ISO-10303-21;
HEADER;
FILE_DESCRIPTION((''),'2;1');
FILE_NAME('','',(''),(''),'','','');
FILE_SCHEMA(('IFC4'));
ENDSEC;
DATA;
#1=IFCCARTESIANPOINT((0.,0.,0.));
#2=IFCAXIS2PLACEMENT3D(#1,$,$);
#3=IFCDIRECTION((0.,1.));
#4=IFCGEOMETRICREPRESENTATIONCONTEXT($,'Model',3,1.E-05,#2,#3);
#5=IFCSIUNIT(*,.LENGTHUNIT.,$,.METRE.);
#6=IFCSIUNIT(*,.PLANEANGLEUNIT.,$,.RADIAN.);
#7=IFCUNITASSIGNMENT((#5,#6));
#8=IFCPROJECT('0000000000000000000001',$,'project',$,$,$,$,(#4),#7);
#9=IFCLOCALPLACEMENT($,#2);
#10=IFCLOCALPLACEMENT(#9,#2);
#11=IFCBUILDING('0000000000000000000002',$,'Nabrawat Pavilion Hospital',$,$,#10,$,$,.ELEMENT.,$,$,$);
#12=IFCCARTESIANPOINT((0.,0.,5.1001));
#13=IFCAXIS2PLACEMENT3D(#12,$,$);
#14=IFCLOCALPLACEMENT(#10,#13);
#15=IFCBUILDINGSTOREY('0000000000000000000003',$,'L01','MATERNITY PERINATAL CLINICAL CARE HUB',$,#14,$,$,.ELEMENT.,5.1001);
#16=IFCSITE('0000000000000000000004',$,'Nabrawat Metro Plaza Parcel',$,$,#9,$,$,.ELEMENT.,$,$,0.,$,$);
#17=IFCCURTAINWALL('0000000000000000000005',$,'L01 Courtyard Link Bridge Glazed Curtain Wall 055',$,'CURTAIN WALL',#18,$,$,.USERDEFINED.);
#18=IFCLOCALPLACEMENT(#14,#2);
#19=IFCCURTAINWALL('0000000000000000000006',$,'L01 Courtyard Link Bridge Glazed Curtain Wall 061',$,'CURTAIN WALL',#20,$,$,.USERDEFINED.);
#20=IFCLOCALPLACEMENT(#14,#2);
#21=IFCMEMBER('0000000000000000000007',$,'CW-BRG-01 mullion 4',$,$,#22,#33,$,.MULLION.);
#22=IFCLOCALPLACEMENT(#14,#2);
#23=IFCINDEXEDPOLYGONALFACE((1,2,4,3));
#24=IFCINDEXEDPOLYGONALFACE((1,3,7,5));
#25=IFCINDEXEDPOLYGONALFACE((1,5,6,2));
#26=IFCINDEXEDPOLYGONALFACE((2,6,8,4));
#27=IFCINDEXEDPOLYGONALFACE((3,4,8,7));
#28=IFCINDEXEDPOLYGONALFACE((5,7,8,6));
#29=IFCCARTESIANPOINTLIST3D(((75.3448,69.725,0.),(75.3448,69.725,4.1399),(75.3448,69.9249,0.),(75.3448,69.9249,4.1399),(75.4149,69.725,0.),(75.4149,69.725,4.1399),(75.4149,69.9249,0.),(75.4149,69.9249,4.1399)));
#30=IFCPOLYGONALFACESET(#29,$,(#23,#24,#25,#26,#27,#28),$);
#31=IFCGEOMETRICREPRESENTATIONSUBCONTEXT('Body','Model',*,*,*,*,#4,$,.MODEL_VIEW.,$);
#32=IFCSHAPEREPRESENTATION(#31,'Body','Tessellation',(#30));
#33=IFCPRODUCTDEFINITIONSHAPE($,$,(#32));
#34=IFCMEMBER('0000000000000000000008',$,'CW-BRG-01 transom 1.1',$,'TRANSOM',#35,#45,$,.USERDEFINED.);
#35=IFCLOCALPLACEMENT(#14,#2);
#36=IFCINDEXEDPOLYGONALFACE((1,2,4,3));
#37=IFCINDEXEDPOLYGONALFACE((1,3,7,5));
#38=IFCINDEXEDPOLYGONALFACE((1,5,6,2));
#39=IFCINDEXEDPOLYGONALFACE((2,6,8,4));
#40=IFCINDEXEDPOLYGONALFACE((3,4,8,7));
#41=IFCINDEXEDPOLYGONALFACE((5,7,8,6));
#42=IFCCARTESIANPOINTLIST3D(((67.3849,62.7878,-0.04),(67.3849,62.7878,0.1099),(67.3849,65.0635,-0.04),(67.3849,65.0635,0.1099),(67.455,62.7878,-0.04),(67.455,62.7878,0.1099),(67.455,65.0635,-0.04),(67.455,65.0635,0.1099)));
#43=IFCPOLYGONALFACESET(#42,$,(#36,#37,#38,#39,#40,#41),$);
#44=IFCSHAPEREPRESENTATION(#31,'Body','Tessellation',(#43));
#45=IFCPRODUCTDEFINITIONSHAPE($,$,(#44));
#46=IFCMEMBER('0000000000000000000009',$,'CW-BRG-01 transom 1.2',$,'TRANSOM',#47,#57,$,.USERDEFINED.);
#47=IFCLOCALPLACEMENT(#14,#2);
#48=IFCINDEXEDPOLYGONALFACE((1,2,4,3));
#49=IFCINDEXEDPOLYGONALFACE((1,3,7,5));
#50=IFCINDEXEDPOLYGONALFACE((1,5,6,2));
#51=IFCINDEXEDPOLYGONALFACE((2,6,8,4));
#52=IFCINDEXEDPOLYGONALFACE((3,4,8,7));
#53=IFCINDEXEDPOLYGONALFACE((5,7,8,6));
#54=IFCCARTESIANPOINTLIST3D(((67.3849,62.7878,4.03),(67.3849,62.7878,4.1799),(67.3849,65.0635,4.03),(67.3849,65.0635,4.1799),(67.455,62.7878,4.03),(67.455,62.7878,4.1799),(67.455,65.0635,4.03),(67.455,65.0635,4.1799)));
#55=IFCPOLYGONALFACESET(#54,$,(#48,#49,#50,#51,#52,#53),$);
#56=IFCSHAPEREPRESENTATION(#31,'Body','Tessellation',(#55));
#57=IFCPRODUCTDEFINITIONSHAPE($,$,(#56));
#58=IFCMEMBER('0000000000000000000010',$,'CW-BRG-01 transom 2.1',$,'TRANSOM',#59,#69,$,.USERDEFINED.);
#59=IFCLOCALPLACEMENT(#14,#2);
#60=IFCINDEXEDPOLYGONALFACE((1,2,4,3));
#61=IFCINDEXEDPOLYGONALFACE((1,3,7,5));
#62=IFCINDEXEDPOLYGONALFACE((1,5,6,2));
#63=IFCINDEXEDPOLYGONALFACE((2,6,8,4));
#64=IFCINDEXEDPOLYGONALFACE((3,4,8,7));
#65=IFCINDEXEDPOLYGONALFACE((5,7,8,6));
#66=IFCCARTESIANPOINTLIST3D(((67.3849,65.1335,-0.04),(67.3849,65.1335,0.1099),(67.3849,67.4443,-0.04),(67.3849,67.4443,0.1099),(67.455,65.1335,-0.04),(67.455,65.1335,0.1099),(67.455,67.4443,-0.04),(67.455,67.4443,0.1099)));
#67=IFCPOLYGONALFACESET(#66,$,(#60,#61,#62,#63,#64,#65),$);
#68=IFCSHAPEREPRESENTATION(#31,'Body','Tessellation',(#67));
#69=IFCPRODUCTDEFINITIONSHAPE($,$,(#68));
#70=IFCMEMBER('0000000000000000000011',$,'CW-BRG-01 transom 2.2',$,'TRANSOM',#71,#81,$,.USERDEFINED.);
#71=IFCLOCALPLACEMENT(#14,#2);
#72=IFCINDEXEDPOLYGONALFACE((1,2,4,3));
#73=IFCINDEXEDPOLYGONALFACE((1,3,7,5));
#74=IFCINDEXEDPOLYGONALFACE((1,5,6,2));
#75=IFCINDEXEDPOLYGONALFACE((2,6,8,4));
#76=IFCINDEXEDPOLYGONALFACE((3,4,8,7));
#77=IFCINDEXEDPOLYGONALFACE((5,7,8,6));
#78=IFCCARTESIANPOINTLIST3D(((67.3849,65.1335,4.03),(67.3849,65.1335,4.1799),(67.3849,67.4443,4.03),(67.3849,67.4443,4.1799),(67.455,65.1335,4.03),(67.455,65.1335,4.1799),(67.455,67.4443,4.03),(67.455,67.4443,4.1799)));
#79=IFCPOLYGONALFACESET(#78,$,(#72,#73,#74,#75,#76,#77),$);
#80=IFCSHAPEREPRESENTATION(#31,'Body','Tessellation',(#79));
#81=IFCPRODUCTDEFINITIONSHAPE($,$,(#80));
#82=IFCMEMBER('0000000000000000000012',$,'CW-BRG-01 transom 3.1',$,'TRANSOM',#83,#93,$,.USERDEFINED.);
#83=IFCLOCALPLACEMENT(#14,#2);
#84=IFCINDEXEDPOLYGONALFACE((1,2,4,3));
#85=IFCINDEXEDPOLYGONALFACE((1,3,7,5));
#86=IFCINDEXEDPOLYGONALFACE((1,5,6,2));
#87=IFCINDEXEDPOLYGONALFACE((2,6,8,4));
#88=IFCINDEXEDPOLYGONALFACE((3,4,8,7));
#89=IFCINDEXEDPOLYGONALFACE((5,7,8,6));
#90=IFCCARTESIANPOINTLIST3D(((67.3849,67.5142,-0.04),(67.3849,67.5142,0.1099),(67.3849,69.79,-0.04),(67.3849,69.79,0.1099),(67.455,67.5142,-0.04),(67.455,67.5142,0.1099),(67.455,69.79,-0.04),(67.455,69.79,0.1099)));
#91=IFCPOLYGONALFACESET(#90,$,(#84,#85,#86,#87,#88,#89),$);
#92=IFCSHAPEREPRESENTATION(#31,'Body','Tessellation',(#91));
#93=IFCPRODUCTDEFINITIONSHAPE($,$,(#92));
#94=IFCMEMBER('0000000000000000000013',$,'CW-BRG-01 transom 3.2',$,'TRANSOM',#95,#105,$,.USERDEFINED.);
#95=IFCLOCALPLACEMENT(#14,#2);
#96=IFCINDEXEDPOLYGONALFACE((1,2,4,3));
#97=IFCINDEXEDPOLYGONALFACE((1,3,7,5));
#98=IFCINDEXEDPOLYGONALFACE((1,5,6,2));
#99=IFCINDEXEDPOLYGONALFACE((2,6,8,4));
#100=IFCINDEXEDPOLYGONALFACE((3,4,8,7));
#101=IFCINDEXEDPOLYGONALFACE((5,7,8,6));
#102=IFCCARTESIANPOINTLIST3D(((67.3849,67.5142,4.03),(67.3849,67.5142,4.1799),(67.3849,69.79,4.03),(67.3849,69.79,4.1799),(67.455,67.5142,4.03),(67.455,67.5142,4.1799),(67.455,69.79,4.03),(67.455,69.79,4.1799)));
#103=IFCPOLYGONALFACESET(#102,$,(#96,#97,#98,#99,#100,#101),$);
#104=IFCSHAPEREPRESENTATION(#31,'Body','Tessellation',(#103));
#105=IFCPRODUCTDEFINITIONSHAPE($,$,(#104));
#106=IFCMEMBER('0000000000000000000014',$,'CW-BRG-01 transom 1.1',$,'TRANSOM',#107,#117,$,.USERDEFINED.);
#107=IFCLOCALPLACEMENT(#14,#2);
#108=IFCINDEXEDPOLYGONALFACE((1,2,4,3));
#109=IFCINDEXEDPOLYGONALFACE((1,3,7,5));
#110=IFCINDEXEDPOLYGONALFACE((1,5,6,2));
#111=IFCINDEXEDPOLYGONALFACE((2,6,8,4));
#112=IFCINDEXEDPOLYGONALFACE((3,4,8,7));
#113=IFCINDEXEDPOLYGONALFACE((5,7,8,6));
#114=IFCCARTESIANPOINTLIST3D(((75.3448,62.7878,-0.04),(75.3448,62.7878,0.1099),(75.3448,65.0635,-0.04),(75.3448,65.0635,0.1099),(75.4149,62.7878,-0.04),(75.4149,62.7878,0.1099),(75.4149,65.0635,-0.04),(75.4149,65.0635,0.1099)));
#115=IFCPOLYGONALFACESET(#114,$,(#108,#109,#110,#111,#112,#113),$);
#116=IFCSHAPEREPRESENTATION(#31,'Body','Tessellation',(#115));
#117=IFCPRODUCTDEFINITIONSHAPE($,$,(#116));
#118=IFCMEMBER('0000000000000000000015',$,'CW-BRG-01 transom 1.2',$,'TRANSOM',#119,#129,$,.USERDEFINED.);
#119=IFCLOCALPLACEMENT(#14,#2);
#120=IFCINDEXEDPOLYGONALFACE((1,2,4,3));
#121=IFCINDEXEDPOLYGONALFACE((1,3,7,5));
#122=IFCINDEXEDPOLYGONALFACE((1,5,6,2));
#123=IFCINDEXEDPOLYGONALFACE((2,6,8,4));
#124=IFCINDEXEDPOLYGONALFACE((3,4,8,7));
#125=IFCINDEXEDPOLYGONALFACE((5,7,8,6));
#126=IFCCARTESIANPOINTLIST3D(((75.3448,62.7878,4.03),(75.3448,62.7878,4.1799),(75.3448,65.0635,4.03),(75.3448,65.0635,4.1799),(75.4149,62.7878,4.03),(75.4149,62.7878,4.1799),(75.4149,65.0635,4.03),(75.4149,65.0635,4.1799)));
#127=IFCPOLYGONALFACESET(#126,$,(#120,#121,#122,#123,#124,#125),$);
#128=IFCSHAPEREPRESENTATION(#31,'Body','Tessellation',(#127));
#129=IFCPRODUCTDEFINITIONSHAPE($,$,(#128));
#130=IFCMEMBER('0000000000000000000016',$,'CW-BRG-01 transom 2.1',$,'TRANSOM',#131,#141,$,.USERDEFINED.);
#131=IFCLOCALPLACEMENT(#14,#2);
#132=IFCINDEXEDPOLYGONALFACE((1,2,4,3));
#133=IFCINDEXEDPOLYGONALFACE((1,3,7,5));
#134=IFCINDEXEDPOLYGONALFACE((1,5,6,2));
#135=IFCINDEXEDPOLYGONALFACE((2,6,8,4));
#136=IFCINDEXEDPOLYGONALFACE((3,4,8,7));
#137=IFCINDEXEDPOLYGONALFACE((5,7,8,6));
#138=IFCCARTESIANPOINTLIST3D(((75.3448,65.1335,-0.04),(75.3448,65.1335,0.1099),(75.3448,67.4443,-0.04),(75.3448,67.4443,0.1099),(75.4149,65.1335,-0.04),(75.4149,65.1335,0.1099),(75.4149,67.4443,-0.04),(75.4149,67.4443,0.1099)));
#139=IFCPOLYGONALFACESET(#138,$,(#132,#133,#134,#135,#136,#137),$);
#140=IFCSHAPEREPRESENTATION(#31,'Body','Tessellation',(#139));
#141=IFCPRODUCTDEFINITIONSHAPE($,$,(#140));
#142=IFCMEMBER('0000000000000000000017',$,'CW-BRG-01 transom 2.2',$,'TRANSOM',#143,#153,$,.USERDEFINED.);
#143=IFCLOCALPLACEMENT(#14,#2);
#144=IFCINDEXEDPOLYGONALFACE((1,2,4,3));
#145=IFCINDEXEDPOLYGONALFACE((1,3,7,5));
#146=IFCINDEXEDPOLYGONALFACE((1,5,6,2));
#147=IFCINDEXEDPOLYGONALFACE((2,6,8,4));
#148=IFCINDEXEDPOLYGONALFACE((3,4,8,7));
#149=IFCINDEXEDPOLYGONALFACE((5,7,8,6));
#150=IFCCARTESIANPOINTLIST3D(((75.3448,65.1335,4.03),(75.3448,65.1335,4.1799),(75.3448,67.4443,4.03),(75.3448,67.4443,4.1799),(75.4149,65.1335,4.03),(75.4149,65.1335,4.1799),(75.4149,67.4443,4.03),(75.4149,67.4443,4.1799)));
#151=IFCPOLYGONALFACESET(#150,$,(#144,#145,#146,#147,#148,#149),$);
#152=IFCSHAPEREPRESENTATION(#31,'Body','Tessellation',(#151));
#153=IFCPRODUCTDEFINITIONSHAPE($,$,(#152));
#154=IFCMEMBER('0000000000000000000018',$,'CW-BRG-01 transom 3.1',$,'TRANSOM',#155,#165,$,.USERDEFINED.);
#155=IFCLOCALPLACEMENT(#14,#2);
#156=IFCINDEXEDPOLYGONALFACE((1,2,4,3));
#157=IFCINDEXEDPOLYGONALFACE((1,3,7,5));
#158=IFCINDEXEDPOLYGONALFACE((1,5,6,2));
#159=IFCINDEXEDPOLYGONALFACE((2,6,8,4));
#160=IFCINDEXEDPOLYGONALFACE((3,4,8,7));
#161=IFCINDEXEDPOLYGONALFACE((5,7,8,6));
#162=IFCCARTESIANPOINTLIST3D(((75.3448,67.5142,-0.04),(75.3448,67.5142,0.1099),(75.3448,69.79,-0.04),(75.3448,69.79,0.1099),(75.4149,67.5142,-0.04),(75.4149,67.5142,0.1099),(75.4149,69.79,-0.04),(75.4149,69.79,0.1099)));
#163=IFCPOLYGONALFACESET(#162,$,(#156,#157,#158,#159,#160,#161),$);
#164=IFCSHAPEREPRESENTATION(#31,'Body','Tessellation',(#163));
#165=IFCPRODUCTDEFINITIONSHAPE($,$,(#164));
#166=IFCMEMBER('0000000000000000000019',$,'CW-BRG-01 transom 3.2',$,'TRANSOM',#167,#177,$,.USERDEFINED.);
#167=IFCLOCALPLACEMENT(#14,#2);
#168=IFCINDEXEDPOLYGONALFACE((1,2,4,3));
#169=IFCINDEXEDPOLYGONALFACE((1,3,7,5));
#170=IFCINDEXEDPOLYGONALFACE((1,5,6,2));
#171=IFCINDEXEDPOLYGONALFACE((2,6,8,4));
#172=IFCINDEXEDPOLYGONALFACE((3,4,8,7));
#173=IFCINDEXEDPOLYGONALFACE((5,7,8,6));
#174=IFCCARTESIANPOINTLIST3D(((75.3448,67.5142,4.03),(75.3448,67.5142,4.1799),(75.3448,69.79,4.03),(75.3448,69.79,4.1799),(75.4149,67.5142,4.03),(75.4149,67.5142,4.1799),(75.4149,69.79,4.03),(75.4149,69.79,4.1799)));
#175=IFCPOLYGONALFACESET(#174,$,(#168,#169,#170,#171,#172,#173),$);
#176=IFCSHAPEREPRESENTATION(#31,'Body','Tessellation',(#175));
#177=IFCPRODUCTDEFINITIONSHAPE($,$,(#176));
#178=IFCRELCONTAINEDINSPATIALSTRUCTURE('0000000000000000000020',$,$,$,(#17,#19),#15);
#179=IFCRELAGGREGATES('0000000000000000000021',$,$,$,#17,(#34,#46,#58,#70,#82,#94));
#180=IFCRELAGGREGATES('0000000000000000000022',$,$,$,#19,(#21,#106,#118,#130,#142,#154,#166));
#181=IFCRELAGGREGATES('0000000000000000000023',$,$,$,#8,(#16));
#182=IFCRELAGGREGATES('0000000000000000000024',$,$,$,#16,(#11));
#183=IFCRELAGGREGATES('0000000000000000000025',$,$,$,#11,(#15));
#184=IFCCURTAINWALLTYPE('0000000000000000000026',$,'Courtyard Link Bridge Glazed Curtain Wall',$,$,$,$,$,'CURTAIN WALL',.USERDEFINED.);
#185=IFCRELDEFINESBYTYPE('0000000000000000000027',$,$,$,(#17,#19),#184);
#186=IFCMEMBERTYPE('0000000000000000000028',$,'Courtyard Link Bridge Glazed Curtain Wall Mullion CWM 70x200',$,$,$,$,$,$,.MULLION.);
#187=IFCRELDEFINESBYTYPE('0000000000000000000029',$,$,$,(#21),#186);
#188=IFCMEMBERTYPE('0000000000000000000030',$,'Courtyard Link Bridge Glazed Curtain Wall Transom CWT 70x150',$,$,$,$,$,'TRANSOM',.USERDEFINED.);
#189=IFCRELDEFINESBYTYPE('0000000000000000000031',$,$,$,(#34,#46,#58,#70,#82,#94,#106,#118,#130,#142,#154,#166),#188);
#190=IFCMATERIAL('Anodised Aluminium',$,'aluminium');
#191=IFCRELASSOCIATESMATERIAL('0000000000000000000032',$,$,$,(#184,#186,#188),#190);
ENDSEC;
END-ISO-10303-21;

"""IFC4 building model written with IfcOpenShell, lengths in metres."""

from ifc_helpers import new_model, si_unit, direction, frame, origin, origin_2d, place, context, subcontext, project, spatial, rectangle, extrude, material, material_profile, profile_set, type_object, element, aggregate, save


model = new_model("IFC4")

# Units and contexts
model_context = context("Model", 3, precision=1e-05, world=origin(), true_north=direction((0.0, 1.0)))
body_context = subcontext(model_context, "Body", "Model", "MODEL_VIEW")
ifc_project = project(units=[si_unit("LENGTHUNIT", "METRE"), si_unit("PLANEANGLEUNIT", "RADIAN")], contexts=[model_context])

# Site, building, storey
site_placement = place(None, origin())
site = spatial("IfcSite", under=ifc_project, at=site_placement, Name="Nabrawat Metro Plaza Parcel", CompositionType="ELEMENT", RefElevation=0.0)
building_placement = place(site_placement, origin())
building = spatial("IfcBuilding", under=site, at=building_placement, Name="Nabrawat Pavilion Hospital", CompositionType="ELEMENT")
storey_placement = place(building_placement, frame((0.0, 0.0, 5.1001)))
storey = spatial("IfcBuildingStorey", under=building, at=storey_placement, Name="L01", Description="MATERNITY PERINATAL CLINICAL CARE HUB", CompositionType="ELEMENT", Elevation=5.1001)

# Curtain wall
ifc_material_1 = material(Name="Anodised Aluminium", Category="aluminium")
curtain_wall_type = type_object("IfcCurtainWallType", Name="Courtyard Link Bridge Glazed Curtain Wall", ElementType="CURTAIN WALL", PredefinedType="USERDEFINED", material=ifc_material_1)
curtain_wall_1_placement = place(storey_placement, origin())
curtain_wall_1 = element("IfcCurtainWall", 1, at=curtain_wall_1_placement, inside=storey, type_object=curtain_wall_type, Name="L01 Courtyard Link Bridge Glazed Curtain Wall 055", ObjectType="CURTAIN WALL", PredefinedType="USERDEFINED")
ifc_material_profile_1 = material_profile(ifc_material_1, rectangle(XDim=0.0701, YDim=0.2, at=origin_2d()), Name="CWM 70x200")
ifc_profile_set_1 = profile_set([ifc_material_profile_1], Name="Anodised Aluminium")
member_type_1 = type_object("IfcMemberType", Name="Courtyard Link Bridge Glazed Curtain Wall Mullion CWM 70x200", PredefinedType="MULLION", material=ifc_profile_set_1)

# Curtain wall, member
curtain_wall_2_placement = place(storey_placement, origin())
curtain_wall_2 = element("IfcCurtainWall", 2, at=curtain_wall_2_placement, inside=storey, type_object=curtain_wall_type, Name="L01 Courtyard Link Bridge Glazed Curtain Wall 061", ObjectType="CURTAIN WALL", PredefinedType="USERDEFINED")
member_1_placement = place(storey_placement, frame((75.3799, 69.825, 0.0), z_axis=(0.0, 0.0, 1.0), x_axis=(-1.0, 0.0, 0.0)))
member_1 = element("IfcMember", 3, at=member_1_placement, type_object=member_type_1, Name="CW-BRG-01 mullion 4", PredefinedType="MULLION", context=body_context, shape_type="SweptSolid", body=[
    extrude(rectangle(XDim=0.0701, YDim=0.2, at=origin_2d()), origin(), (0.0, 0.0, 1.0), 4.1399),
])

# Members
ifc_material_profile_2 = material_profile(ifc_material_1, rectangle(XDim=0.0701, YDim=0.1499, at=origin_2d()), Name="CWT 70x150")
ifc_profile_set_2 = profile_set([ifc_material_profile_2], Name="Anodised Aluminium")
member_type_2 = type_object("IfcMemberType", Name="Courtyard Link Bridge Glazed Curtain Wall Transom CWT 70x150", ElementType="TRANSOM", PredefinedType="USERDEFINED", material=ifc_profile_set_2)
member_2_placement = place(storey_placement, frame((67.4199, 62.7878, 0.0349), z_axis=(0.0, 1.0, 0.0), x_axis=(-1.0, 0.0, 0.0)))
member_2 = element("IfcMember", 4, at=member_2_placement, type_object=member_type_2, Name="CW-BRG-01 transom 1.1", ObjectType="TRANSOM", PredefinedType="USERDEFINED", context=body_context, shape_type="SweptSolid", body=[
    extrude(rectangle(XDim=0.0701, YDim=0.1499, at=origin_2d()), origin(), (0.0, 0.0, 1.0), 2.2756),
])
member_3_placement = place(storey_placement, frame((67.4199, 62.7878, 4.105), z_axis=(0.0, 1.0, 0.0), x_axis=(-1.0, 0.0, 0.0)))
member_3 = element("IfcMember", 5, at=member_3_placement, type_object=member_type_2, Name="CW-BRG-01 transom 1.2", ObjectType="TRANSOM", PredefinedType="USERDEFINED", context=body_context, shape_type="SweptSolid", body=[
    extrude(rectangle(XDim=0.0701, YDim=0.1499, at=origin_2d()), origin(), (0.0, 0.0, 1.0), 2.2756),
])
member_4_placement = place(storey_placement, frame((67.4199, 65.1335, 0.0349), z_axis=(0.0, 1.0, 0.0), x_axis=(-1.0, 0.0, 0.0)))
member_4 = element("IfcMember", 6, at=member_4_placement, type_object=member_type_2, Name="CW-BRG-01 transom 2.1", ObjectType="TRANSOM", PredefinedType="USERDEFINED", context=body_context, shape_type="SweptSolid", body=[
    extrude(rectangle(XDim=0.0701, YDim=0.1499, at=origin_2d()), origin(), (0.0, 0.0, 1.0), 2.3108),
])
member_5_placement = place(storey_placement, frame((67.4199, 65.1335, 4.105), z_axis=(0.0, 1.0, 0.0), x_axis=(-1.0, 0.0, 0.0)))
member_5 = element("IfcMember", 7, at=member_5_placement, type_object=member_type_2, Name="CW-BRG-01 transom 2.2", ObjectType="TRANSOM", PredefinedType="USERDEFINED", context=body_context, shape_type="SweptSolid", body=[
    extrude(rectangle(XDim=0.0701, YDim=0.1499, at=origin_2d()), origin(), (0.0, 0.0, 1.0), 2.3108),
])
member_6_placement = place(storey_placement, frame((67.4199, 67.5142, 0.0349), z_axis=(0.0, 1.0, 0.0), x_axis=(-1.0, 0.0, 0.0)))
member_6 = element("IfcMember", 8, at=member_6_placement, type_object=member_type_2, Name="CW-BRG-01 transom 3.1", ObjectType="TRANSOM", PredefinedType="USERDEFINED", context=body_context, shape_type="SweptSolid", body=[
    extrude(rectangle(XDim=0.0701, YDim=0.1499, at=origin_2d()), origin(), (0.0, 0.0, 1.0), 2.2759),
])
member_7_placement = place(storey_placement, frame((67.4199, 67.5142, 4.105), z_axis=(0.0, 1.0, 0.0), x_axis=(-1.0, 0.0, 0.0)))
member_7 = element("IfcMember", 9, at=member_7_placement, type_object=member_type_2, Name="CW-BRG-01 transom 3.2", ObjectType="TRANSOM", PredefinedType="USERDEFINED", context=body_context, shape_type="SweptSolid", body=[
    extrude(rectangle(XDim=0.0701, YDim=0.1499, at=origin_2d()), origin(), (0.0, 0.0, 1.0), 2.2759),
])
member_8_placement = place(storey_placement, frame((75.3799, 62.7878, 0.0349), z_axis=(0.0, 1.0, 0.0), x_axis=(-1.0, 0.0, 0.0)))
member_8 = element("IfcMember", 10, at=member_8_placement, type_object=member_type_2, Name="CW-BRG-01 transom 1.1", ObjectType="TRANSOM", PredefinedType="USERDEFINED", context=body_context, shape_type="SweptSolid", body=[
    extrude(rectangle(XDim=0.0701, YDim=0.1499, at=origin_2d()), origin(), (0.0, 0.0, 1.0), 2.2756),
])
member_9_placement = place(storey_placement, frame((75.3799, 62.7878, 4.105), z_axis=(0.0, 1.0, 0.0), x_axis=(-1.0, 0.0, 0.0)))
member_9 = element("IfcMember", 11, at=member_9_placement, type_object=member_type_2, Name="CW-BRG-01 transom 1.2", ObjectType="TRANSOM", PredefinedType="USERDEFINED", context=body_context, shape_type="SweptSolid", body=[
    extrude(rectangle(XDim=0.0701, YDim=0.1499, at=origin_2d()), origin(), (0.0, 0.0, 1.0), 2.2756),
])
member_10_placement = place(storey_placement, frame((75.3799, 65.1335, 0.0349), z_axis=(0.0, 1.0, 0.0), x_axis=(-1.0, 0.0, 0.0)))
member_10 = element("IfcMember", 12, at=member_10_placement, type_object=member_type_2, Name="CW-BRG-01 transom 2.1", ObjectType="TRANSOM", PredefinedType="USERDEFINED", context=body_context, shape_type="SweptSolid", body=[
    extrude(rectangle(XDim=0.0701, YDim=0.1499, at=origin_2d()), origin(), (0.0, 0.0, 1.0), 2.3108),
])
member_11_placement = place(storey_placement, frame((75.3799, 65.1335, 4.105), z_axis=(0.0, 1.0, 0.0), x_axis=(-1.0, 0.0, 0.0)))
member_11 = element("IfcMember", 13, at=member_11_placement, type_object=member_type_2, Name="CW-BRG-01 transom 2.2", ObjectType="TRANSOM", PredefinedType="USERDEFINED", context=body_context, shape_type="SweptSolid", body=[
    extrude(rectangle(XDim=0.0701, YDim=0.1499, at=origin_2d()), origin(), (0.0, 0.0, 1.0), 2.3108),
])
member_12_placement = place(storey_placement, frame((75.3799, 67.5142, 0.0349), z_axis=(0.0, 1.0, 0.0), x_axis=(-1.0, 0.0, 0.0)))
member_12 = element("IfcMember", 14, at=member_12_placement, type_object=member_type_2, Name="CW-BRG-01 transom 3.1", ObjectType="TRANSOM", PredefinedType="USERDEFINED", context=body_context, shape_type="SweptSolid", body=[
    extrude(rectangle(XDim=0.0701, YDim=0.1499, at=origin_2d()), origin(), (0.0, 0.0, 1.0), 2.2759),
])
member_13_placement = place(storey_placement, frame((75.3799, 67.5142, 4.105), z_axis=(0.0, 1.0, 0.0), x_axis=(-1.0, 0.0, 0.0)))
member_13 = element("IfcMember", 15, at=member_13_placement, type_object=member_type_2, Name="CW-BRG-01 transom 3.2", ObjectType="TRANSOM", PredefinedType="USERDEFINED", context=body_context, shape_type="SweptSolid", body=[
    extrude(rectangle(XDim=0.0701, YDim=0.1499, at=origin_2d()), origin(), (0.0, 0.0, 1.0), 2.2759),
])

aggregate(curtain_wall_1, [member_2, member_3, member_4, member_5, member_6, member_7])
aggregate(curtain_wall_2, [member_1, member_8, member_9, member_10, member_11, member_12, member_13])

save(model, "model.ifc")
